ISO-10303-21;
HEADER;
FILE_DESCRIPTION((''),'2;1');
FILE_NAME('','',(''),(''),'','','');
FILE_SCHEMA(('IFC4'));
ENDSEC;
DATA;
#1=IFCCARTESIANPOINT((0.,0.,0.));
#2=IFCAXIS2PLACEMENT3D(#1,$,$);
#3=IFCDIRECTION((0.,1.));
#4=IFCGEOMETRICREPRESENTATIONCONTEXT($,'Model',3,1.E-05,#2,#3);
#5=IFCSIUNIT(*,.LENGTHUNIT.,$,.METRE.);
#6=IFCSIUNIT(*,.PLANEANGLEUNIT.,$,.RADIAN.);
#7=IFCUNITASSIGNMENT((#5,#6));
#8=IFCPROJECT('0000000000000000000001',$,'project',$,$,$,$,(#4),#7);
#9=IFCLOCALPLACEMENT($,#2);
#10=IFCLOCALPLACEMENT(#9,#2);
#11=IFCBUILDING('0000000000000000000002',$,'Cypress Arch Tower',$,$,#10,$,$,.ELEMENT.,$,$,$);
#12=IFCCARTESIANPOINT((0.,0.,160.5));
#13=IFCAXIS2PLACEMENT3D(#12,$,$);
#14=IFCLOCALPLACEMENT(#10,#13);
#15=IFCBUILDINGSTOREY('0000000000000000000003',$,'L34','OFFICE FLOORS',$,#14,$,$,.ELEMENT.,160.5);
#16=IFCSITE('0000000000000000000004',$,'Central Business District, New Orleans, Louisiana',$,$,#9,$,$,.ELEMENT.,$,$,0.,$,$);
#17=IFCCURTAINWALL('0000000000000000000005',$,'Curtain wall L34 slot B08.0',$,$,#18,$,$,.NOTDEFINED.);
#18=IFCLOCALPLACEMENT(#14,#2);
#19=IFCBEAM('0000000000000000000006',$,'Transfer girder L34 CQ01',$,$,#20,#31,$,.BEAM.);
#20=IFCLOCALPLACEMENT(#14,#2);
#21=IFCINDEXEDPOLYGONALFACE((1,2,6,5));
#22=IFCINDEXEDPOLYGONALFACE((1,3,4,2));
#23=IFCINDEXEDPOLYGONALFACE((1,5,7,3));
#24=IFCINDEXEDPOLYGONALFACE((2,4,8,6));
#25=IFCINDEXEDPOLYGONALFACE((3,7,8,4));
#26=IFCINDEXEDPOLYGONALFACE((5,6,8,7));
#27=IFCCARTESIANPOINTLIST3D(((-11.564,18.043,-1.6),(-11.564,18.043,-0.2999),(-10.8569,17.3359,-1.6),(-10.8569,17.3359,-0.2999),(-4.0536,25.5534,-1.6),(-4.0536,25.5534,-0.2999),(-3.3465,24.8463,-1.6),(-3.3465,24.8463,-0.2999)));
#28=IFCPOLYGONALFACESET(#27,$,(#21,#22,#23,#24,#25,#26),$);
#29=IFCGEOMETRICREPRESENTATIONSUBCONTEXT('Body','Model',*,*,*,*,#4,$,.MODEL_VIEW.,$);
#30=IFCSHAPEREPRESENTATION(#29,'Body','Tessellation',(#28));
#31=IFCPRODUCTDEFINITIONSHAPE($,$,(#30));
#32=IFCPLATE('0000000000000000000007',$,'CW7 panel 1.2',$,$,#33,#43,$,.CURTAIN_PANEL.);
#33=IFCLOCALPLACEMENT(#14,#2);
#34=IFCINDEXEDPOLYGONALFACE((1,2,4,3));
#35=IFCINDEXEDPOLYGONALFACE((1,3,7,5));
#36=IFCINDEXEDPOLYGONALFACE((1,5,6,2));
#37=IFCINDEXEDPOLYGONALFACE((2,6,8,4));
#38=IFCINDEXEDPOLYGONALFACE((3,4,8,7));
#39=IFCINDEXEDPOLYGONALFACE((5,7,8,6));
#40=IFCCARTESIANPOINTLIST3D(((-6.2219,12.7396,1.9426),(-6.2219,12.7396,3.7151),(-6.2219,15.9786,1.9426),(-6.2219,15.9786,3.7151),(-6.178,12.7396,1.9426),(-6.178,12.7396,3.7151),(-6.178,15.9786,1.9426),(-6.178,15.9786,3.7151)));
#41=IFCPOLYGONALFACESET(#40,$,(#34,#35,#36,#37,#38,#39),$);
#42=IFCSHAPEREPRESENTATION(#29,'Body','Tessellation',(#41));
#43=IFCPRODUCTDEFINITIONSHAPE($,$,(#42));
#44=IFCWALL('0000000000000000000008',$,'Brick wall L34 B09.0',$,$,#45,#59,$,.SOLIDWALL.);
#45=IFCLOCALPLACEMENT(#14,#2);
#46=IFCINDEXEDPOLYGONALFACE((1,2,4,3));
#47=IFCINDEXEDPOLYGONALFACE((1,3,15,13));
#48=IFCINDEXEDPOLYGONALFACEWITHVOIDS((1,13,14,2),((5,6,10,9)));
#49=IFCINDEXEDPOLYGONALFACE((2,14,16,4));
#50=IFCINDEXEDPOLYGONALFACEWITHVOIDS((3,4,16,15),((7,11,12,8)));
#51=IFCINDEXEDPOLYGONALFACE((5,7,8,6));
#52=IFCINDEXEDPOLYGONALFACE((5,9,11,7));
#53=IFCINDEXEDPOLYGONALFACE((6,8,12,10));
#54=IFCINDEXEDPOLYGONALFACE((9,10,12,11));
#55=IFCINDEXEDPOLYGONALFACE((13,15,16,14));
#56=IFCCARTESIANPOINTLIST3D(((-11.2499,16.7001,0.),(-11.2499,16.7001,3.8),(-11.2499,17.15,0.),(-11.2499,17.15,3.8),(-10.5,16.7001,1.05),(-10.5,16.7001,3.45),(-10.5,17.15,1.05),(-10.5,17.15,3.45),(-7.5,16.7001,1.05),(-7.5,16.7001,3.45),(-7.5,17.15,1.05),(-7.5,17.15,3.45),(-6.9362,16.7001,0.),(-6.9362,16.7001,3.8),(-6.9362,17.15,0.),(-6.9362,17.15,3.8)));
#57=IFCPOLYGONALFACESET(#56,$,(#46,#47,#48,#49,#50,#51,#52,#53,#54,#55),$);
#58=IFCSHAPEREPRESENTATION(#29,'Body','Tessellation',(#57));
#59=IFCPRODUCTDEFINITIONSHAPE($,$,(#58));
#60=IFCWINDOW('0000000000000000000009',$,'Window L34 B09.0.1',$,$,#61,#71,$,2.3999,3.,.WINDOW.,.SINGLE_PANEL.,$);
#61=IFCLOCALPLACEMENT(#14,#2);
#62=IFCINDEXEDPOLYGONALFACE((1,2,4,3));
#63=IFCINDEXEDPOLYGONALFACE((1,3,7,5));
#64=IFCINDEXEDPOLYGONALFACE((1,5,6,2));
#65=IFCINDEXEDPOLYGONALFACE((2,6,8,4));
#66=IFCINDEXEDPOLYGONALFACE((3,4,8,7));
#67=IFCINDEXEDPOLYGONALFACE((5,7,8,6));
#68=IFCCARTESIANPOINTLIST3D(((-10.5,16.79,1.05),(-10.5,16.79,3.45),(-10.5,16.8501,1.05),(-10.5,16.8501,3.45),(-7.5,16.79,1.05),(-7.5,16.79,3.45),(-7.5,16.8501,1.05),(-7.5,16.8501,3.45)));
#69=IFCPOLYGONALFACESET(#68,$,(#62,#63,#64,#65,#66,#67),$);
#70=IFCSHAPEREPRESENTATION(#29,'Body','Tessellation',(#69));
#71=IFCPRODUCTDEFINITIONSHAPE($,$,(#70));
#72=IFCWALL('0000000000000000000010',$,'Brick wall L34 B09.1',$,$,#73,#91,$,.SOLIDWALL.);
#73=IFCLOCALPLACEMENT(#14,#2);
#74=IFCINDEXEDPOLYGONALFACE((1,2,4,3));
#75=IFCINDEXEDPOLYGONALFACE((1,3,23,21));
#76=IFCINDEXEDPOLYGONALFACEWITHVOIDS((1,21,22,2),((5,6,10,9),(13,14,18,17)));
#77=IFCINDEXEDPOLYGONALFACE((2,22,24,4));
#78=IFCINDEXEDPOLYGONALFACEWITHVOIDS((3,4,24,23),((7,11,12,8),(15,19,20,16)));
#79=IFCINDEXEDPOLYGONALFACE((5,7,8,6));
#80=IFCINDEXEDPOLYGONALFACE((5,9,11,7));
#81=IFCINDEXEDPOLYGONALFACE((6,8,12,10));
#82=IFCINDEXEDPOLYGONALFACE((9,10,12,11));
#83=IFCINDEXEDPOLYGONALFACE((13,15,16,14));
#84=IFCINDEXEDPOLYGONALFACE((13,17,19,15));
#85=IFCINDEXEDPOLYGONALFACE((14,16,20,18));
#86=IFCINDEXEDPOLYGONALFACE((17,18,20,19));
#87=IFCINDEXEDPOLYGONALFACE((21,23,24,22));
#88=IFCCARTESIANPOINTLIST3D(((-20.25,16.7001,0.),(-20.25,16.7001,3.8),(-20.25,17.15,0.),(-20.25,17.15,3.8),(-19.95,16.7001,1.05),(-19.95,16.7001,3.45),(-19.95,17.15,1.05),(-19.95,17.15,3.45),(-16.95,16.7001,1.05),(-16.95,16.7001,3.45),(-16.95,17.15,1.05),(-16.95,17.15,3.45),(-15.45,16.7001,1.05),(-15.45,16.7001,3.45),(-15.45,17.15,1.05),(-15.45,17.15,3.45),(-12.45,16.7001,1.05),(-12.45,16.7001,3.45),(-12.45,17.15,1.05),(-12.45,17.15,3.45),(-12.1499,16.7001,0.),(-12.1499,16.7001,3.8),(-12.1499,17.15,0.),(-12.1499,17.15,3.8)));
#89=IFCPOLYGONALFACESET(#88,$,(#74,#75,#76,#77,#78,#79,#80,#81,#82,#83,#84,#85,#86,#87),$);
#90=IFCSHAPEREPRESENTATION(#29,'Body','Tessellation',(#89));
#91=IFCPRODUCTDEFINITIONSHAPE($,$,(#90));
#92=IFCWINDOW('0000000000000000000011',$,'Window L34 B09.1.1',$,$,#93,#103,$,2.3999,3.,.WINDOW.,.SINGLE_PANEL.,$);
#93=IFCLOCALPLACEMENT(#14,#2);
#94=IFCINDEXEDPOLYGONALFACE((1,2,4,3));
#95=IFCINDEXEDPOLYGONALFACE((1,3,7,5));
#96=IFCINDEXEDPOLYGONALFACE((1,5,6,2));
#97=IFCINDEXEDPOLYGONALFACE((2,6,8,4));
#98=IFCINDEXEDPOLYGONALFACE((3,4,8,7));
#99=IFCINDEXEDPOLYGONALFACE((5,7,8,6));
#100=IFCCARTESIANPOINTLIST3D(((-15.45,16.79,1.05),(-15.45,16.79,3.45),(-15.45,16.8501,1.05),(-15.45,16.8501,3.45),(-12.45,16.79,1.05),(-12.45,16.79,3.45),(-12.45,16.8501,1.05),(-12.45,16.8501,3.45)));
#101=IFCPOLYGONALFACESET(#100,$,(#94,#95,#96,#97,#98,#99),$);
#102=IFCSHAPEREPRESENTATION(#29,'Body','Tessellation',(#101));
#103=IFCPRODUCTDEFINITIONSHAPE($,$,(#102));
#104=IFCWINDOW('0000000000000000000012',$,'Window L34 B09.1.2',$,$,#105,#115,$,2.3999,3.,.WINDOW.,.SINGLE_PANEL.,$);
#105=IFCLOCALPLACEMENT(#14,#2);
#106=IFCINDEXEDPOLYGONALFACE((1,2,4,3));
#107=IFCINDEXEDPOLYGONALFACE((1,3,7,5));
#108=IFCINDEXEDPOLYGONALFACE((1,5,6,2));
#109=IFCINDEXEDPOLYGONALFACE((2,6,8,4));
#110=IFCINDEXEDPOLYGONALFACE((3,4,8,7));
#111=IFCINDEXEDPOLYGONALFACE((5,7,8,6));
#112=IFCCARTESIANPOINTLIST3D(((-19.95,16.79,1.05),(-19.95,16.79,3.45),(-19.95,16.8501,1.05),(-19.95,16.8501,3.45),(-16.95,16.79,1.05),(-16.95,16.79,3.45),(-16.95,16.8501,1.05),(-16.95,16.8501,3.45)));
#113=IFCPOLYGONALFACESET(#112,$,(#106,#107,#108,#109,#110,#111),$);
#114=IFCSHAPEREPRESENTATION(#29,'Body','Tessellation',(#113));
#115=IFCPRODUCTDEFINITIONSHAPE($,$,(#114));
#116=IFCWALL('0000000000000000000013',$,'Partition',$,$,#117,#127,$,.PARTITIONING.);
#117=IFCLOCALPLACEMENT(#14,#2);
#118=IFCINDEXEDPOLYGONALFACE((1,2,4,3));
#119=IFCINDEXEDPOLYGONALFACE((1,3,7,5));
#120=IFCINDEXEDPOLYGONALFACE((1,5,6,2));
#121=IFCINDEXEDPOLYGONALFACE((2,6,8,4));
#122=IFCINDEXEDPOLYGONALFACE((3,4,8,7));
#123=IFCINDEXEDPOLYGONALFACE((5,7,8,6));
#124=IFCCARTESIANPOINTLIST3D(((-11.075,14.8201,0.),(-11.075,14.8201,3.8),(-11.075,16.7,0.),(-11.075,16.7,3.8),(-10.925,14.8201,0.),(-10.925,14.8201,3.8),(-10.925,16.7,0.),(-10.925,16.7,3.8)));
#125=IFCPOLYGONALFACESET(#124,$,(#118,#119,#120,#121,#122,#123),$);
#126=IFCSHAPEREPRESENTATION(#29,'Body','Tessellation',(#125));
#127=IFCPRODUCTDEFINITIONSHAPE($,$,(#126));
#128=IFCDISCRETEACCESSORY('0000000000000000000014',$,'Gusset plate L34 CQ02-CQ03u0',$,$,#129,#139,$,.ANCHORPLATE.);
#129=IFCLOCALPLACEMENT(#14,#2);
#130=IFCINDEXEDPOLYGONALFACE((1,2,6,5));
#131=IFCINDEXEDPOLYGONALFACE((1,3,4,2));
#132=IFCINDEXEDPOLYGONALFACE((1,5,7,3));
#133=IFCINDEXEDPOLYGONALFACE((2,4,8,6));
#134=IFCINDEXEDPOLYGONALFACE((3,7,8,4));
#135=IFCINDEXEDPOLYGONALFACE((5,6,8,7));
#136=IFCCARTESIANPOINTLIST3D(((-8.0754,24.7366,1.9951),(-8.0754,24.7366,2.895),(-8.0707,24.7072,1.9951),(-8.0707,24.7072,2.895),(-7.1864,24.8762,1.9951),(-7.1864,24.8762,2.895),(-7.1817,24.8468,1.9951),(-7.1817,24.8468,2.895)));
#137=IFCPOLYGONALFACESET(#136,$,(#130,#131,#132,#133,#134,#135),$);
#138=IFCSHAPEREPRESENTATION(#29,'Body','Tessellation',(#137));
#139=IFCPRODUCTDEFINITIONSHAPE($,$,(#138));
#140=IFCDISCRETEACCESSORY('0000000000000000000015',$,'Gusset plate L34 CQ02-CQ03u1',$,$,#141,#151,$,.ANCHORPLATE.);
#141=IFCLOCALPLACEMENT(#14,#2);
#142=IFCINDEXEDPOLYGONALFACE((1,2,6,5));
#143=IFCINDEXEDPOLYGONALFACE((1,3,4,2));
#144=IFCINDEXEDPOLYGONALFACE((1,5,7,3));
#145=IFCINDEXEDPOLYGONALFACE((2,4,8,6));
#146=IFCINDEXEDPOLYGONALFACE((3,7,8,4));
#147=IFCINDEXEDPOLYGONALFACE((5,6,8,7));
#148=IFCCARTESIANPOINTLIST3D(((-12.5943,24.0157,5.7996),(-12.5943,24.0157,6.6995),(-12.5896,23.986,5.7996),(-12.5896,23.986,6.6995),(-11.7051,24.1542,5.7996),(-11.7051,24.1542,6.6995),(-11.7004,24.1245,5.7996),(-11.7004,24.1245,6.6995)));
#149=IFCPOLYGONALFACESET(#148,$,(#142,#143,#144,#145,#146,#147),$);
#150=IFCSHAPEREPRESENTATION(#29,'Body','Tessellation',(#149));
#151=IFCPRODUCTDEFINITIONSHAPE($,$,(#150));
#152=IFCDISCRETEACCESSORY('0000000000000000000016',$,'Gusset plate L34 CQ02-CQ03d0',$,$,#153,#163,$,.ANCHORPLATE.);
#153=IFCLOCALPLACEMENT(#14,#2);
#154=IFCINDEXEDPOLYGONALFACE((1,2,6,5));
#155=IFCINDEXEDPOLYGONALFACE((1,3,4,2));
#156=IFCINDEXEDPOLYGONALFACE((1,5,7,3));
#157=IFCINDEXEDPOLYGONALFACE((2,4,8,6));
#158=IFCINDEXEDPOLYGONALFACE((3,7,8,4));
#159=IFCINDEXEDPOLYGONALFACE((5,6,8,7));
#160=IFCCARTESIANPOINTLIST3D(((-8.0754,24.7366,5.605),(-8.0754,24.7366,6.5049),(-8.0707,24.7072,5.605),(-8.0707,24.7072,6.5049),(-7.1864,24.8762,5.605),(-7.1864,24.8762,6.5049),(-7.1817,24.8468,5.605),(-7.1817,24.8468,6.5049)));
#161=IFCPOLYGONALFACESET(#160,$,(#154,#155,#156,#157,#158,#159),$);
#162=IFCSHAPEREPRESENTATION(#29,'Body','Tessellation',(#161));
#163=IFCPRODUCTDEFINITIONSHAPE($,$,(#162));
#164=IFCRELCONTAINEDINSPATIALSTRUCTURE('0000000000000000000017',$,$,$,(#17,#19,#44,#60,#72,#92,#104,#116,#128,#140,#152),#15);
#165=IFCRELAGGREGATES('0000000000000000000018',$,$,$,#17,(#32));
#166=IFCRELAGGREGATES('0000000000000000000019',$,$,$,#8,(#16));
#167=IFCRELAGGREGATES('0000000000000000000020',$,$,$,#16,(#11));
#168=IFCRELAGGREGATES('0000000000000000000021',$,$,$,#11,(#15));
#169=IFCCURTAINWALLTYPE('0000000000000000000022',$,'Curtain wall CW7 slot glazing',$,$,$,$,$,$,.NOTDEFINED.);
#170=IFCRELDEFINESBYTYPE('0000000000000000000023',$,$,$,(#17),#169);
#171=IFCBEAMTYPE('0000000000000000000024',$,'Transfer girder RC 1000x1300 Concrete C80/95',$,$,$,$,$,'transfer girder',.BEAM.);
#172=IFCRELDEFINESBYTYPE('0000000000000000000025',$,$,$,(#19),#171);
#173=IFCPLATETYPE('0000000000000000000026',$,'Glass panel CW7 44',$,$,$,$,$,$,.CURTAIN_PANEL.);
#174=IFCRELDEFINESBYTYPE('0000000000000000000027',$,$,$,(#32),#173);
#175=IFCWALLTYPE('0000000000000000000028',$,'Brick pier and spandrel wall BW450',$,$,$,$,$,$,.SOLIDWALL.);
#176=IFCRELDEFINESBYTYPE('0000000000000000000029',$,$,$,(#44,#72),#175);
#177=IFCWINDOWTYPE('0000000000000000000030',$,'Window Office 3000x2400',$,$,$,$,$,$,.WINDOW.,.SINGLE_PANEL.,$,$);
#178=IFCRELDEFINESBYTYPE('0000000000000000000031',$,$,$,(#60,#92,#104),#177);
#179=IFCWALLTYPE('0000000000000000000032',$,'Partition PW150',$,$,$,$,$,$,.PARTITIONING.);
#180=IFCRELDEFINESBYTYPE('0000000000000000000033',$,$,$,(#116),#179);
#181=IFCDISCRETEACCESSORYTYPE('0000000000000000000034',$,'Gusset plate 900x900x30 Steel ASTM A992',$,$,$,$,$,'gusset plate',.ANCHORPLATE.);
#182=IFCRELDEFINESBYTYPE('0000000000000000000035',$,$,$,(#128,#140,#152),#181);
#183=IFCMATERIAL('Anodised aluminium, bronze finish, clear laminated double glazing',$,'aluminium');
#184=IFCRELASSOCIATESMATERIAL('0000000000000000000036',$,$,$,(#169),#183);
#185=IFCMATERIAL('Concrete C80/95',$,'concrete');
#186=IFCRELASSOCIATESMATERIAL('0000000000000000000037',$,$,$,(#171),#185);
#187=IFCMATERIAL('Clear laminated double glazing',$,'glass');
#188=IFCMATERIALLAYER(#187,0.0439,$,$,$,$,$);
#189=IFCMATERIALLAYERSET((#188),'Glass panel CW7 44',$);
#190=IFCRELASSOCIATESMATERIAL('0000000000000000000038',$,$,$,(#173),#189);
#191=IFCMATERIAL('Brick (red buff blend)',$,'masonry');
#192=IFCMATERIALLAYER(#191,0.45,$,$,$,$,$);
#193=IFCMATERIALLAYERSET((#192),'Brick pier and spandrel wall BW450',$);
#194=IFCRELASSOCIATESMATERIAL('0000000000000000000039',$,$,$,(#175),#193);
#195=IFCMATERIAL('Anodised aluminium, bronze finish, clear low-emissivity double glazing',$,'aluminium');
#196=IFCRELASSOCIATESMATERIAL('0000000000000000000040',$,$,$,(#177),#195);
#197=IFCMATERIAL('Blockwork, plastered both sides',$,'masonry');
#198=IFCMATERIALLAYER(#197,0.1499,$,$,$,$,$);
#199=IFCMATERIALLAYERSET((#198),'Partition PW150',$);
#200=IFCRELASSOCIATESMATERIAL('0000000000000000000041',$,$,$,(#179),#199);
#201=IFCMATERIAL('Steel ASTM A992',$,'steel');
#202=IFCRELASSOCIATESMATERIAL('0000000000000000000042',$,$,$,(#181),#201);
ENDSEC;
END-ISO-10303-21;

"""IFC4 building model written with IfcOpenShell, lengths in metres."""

from ifc_helpers import new_model, si_unit, direction, frame, frame_2d, origin, origin_2d, place, context, subcontext, project, spatial, rectangle, extrude, material, layer, layer_set, material_profile, profile_set, type_object, element, fill, aggregate, save


model = new_model("IFC4")

# Units and contexts
model_context = context("Model", 3, precision=1e-05, world=origin(), true_north=direction((0.0, 1.0)))
body_context = subcontext(model_context, "Body", "Model", "MODEL_VIEW")
ifc_project = project(units=[si_unit("LENGTHUNIT", "METRE"), si_unit("PLANEANGLEUNIT", "RADIAN")], contexts=[model_context])

# Site, building, storey
site_placement = place(None, origin())
site = spatial("IfcSite", under=ifc_project, at=site_placement, Name="Central Business District, New Orleans, Louisiana", CompositionType="ELEMENT", RefElevation=0.0)
building_placement = place(site_placement, origin())
building = spatial("IfcBuilding", under=site, at=building_placement, Name="Cypress Arch Tower", CompositionType="ELEMENT")
storey_placement = place(building_placement, frame((0.0, 0.0, 160.5)))
storey = spatial("IfcBuildingStorey", under=building, at=storey_placement, Name="L34", Description="OFFICE FLOORS", CompositionType="ELEMENT", Elevation=160.5)

# Curtain wall
ifc_material_1 = material(Name="Anodised aluminium, bronze finish, clear laminated double glazing", Category="aluminium")
curtain_wall_type = type_object("IfcCurtainWallType", Name="Curtain wall CW7 slot glazing", PredefinedType="NOTDEFINED", material=ifc_material_1)
curtain_wall_placement = place(storey_placement, origin())
curtain_wall = element("IfcCurtainWall", 1, at=curtain_wall_placement, inside=storey, type_object=curtain_wall_type, Name="Curtain wall L34 slot B08.0", PredefinedType="NOTDEFINED")

# Beam
ifc_material_2 = material(Name="Concrete C80/95", Category="concrete")
ifc_material_profile_1 = material_profile(ifc_material_2, rectangle(XDim=1.0, YDim=1.3, at=origin_2d()), Name="RC 1000x1300")
ifc_profile_set_1 = profile_set([ifc_material_profile_1], Name="Concrete C80/95")
beam_type_1 = type_object("IfcBeamType", Name="Transfer girder RC 1000x1300 Concrete C80/95", ElementType="transfer girder", PredefinedType="BEAM", material=ifc_profile_set_1)
beam_1_placement = place(storey_placement, frame((-11.2104, 17.6895, -0.95), z_axis=(0.707107, 0.707107, 0.0), x_axis=(-0.707107, 0.707107, 0.0)))
element("IfcBeam", 2, at=beam_1_placement, inside=storey, type_object=beam_type_1, Name="Transfer girder L34 CQ01", PredefinedType="BEAM", context=body_context, shape_type="SweptSolid", body=[
    extrude(rectangle(XDim=1.0, YDim=1.3, at=origin_2d()), origin(), (0.0, 0.0, 1.0), 10.6213),
])

# Plate
ifc_material_3 = material(Name="Clear laminated double glazing", Category="glass")
ifc_layer_1 = layer(ifc_material_3, 0.0439)
ifc_layer_set_1 = layer_set([ifc_layer_1], Name="Glass panel CW7 44")
plate_type = type_object("IfcPlateType", Name="Glass panel CW7 44", PredefinedType="CURTAIN_PANEL", material=ifc_layer_set_1)
plate_placement = place(storey_placement, frame((-6.2, 14.3591, 1.9426), z_axis=(0.0, 0.0, 1.0), x_axis=(0.0, 1.0, 0.0)))
plate = element("IfcPlate", 3, at=plate_placement, type_object=plate_type, Name="CW7 panel 1.2", PredefinedType="CURTAIN_PANEL", context=body_context, shape_type="SweptSolid", body=[
    extrude(rectangle(XDim=3.239, YDim=0.0439, at=origin_2d()), origin(), (0.0, 0.0, 1.0), 1.7725),
])
aggregate(curtain_wall, [plate])

# Wall, opening, window
ifc_material_4 = material(Name="Brick (red buff blend)", Category="masonry")
ifc_layer_2 = layer(ifc_material_4, 0.45)
ifc_layer_set_2 = layer_set([ifc_layer_2], Name="Brick pier and spandrel wall BW450")
wall_type_1 = type_object("IfcWallType", Name="Brick pier and spandrel wall BW450", PredefinedType="SOLIDWALL", material=ifc_layer_set_2)
wall_1_placement = place(storey_placement, frame((-6.9363, 16.925, 0.0), z_axis=(0.0, 0.0, 1.0), x_axis=(-1.0, 0.0, 0.0)))
wall_1 = element("IfcWall", 4, at=wall_1_placement, inside=storey, type_object=wall_type_1, Name="Brick wall L34 B09.0", PredefinedType="SOLIDWALL", context=body_context, shape_type="SweptSolid", body=[
    extrude(rectangle(XDim=4.3137, YDim=0.45, at=frame_2d((2.1567, 0.0))), origin(), (0.0, 0.0, 1.0), 3.8),
])
opening_1_placement = place(wall_1_placement, frame((0.5637, 0.0, 1.05)))
opening_1 = element("IfcOpeningElement", 5, at=opening_1_placement, cuts=wall_1, PredefinedType="OPENING", context=body_context, shape_type="SweptSolid", body=[
    extrude(rectangle(XDim=3.0, YDim=2.3999, at=frame_2d((1.5, 1.2))), frame((0.0, 0.2349, 0.0), z_axis=(0.0, -1.0, 0.0), x_axis=(1.0, 0.0, 0.0)), (0.0, 0.0, 1.0), 0.47),
])
ifc_material_5 = material(Name="Anodised aluminium, bronze finish, clear low-emissivity double glazing", Category="aluminium")
window_type = type_object("IfcWindowType", Name="Window Office 3000x2400", PartitioningType="SINGLE_PANEL", PredefinedType="WINDOW", material=ifc_material_5)
window_1_placement = place(opening_1_placement, origin())
window_1 = element("IfcWindow", 6, at=window_1_placement, inside=storey, type_object=window_type, Name="Window L34 B09.0.1", OverallHeight=2.3999, OverallWidth=3.0, PartitioningType="SINGLE_PANEL", PredefinedType="WINDOW", context=body_context, shape_type="SweptSolid", body=[
    extrude(rectangle(XDim=3.0, YDim=2.3999, at=frame_2d((1.5, 1.2))), frame((0.0, 0.135, 0.0), z_axis=(0.0, -1.0, 0.0), x_axis=(1.0, 0.0, 0.0)), (0.0, 0.0, 1.0), 0.0601),
])
fill(opening_1, window_1)

# Wall, openings, windows
wall_2_placement = place(storey_placement, frame((-12.1499, 16.925, 0.0), z_axis=(0.0, 0.0, 1.0), x_axis=(-1.0, 0.0, 0.0)))
wall_2 = element("IfcWall", 7, at=wall_2_placement, inside=storey, type_object=wall_type_1, Name="Brick wall L34 B09.1", PredefinedType="SOLIDWALL", context=body_context, shape_type="SweptSolid", body=[
    extrude(rectangle(XDim=8.1001, YDim=0.45, at=frame_2d((4.05, 0.0))), origin(), (0.0, 0.0, 1.0), 3.8),
])
opening_2_placement = place(wall_2_placement, frame((0.3, 0.0, 1.05)))
opening_2 = element("IfcOpeningElement", 8, at=opening_2_placement, cuts=wall_2, PredefinedType="OPENING", context=body_context, shape_type="SweptSolid", body=[
    extrude(rectangle(XDim=3.0, YDim=2.3999, at=frame_2d((1.5, 1.2))), frame((0.0, 0.2349, 0.0), z_axis=(0.0, -1.0, 0.0), x_axis=(1.0, 0.0, 0.0)), (0.0, 0.0, 1.0), 0.47),
])
opening_3_placement = place(wall_2_placement, frame((4.8, 0.0, 1.05)))
opening_3 = element("IfcOpeningElement", 9, at=opening_3_placement, cuts=wall_2, PredefinedType="OPENING", context=body_context, shape_type="SweptSolid", body=[
    extrude(rectangle(XDim=3.0, YDim=2.3999, at=frame_2d((1.5, 1.2))), frame((0.0, 0.2349, 0.0), z_axis=(0.0, -1.0, 0.0), x_axis=(1.0, 0.0, 0.0)), (0.0, 0.0, 1.0), 0.47),
])
window_2_placement = place(opening_2_placement, origin())
window_2 = element("IfcWindow", 10, at=window_2_placement, inside=storey, type_object=window_type, Name="Window L34 B09.1.1", OverallHeight=2.3999, OverallWidth=3.0, PartitioningType="SINGLE_PANEL", PredefinedType="WINDOW", context=body_context, shape_type="SweptSolid", body=[
    extrude(rectangle(XDim=3.0, YDim=2.3999, at=frame_2d((1.5, 1.2))), frame((0.0, 0.135, 0.0), z_axis=(0.0, -1.0, 0.0), x_axis=(1.0, 0.0, 0.0)), (0.0, 0.0, 1.0), 0.0601),
])
fill(opening_2, window_2)
window_3_placement = place(opening_3_placement, origin())
window_3 = element("IfcWindow", 11, at=window_3_placement, inside=storey, type_object=window_type, Name="Window L34 B09.1.2", OverallHeight=2.3999, OverallWidth=3.0, PartitioningType="SINGLE_PANEL", PredefinedType="WINDOW", context=body_context, shape_type="SweptSolid", body=[
    extrude(rectangle(XDim=3.0, YDim=2.3999, at=frame_2d((1.5, 1.2))), frame((0.0, 0.135, 0.0), z_axis=(0.0, -1.0, 0.0), x_axis=(1.0, 0.0, 0.0)), (0.0, 0.0, 1.0), 0.0601),
])
fill(opening_3, window_3)

# Wall
ifc_material_6 = material(Name="Blockwork, plastered both sides", Category="masonry")
ifc_layer_3 = layer(ifc_material_6, 0.1499)
ifc_layer_set_3 = layer_set([ifc_layer_3], Name="Partition PW150")
wall_type_2 = type_object("IfcWallType", Name="Partition PW150", PredefinedType="PARTITIONING", material=ifc_layer_set_3)
wall_3_placement = place(storey_placement, frame((-11.0, 14.8201, 0.0), z_axis=(0.0, 0.0, 1.0), x_axis=(0.0, 1.0, 0.0)))
element("IfcWall", 12, at=wall_3_placement, inside=storey, type_object=wall_type_2, Name="Partition", PredefinedType="PARTITIONING", context=body_context, shape_type="SweptSolid", body=[
    extrude(rectangle(XDim=1.8799, YDim=0.1499, at=frame_2d((0.9399, 0.0))), origin(), (0.0, 0.0, 1.0), 3.8),
])

# Discrete accessories
ifc_material_7 = material(Name="Steel ASTM A992", Category="steel")
ifc_material_profile_2 = material_profile(ifc_material_7, rectangle(XDim=0.8999, YDim=0.8999, at=origin_2d()), Name="PL 30 900x900")
ifc_profile_set_2 = profile_set([ifc_material_profile_2], Name="Steel ASTM A992")
discrete_accessory_type_1 = type_object("IfcDiscreteAccessoryType", Name="Gusset plate 900x900x30 Steel ASTM A992", ElementType="gusset plate", PredefinedType="ANCHORPLATE", material=ifc_profile_set_2)
discrete_accessory_1_placement = place(storey_placement, frame((-7.6309, 24.8064, 2.4451), z_axis=(0.155124, -0.987895, 0.0), x_axis=(0.987895, 0.155124, 0.0)))
element("IfcDiscreteAccessory", 13, at=discrete_accessory_1_placement, inside=storey, type_object=discrete_accessory_type_1, Name="Gusset plate L34 CQ02-CQ03u0", PredefinedType="ANCHORPLATE", context=body_context, shape_type="SweptSolid", body=[
    extrude(rectangle(XDim=0.8999, YDim=0.8999, at=origin_2d()), origin(), (0.0, 0.0, 1.0), 0.0298),
])
discrete_accessory_2_placement = place(storey_placement, frame((-12.1497, 24.085, 6.2495), z_axis=(0.153883, -0.988089, 0.0), x_axis=(0.988089, 0.153883, 0.0)))
element("IfcDiscreteAccessory", 14, at=discrete_accessory_2_placement, inside=storey, type_object=discrete_accessory_type_1, Name="Gusset plate L34 CQ02-CQ03u1", PredefinedType="ANCHORPLATE", context=body_context, shape_type="SweptSolid", body=[
    extrude(rectangle(XDim=0.8999, YDim=0.8999, at=origin_2d()), origin(), (0.0, 0.0, 1.0), 0.03),
])
discrete_accessory_3_placement = place(storey_placement, frame((-7.6309, 24.8064, 6.0549), z_axis=(0.155124, -0.987895, 0.0), x_axis=(0.987895, 0.155124, 0.0)))
element("IfcDiscreteAccessory", 15, at=discrete_accessory_3_placement, inside=storey, type_object=discrete_accessory_type_1, Name="Gusset plate L34 CQ02-CQ03d0", PredefinedType="ANCHORPLATE", context=body_context, shape_type="SweptSolid", body=[
    extrude(rectangle(XDim=0.8999, YDim=0.8999, at=origin_2d()), origin(), (0.0, 0.0, 1.0), 0.0298),
])

save(model, "model.ifc")
